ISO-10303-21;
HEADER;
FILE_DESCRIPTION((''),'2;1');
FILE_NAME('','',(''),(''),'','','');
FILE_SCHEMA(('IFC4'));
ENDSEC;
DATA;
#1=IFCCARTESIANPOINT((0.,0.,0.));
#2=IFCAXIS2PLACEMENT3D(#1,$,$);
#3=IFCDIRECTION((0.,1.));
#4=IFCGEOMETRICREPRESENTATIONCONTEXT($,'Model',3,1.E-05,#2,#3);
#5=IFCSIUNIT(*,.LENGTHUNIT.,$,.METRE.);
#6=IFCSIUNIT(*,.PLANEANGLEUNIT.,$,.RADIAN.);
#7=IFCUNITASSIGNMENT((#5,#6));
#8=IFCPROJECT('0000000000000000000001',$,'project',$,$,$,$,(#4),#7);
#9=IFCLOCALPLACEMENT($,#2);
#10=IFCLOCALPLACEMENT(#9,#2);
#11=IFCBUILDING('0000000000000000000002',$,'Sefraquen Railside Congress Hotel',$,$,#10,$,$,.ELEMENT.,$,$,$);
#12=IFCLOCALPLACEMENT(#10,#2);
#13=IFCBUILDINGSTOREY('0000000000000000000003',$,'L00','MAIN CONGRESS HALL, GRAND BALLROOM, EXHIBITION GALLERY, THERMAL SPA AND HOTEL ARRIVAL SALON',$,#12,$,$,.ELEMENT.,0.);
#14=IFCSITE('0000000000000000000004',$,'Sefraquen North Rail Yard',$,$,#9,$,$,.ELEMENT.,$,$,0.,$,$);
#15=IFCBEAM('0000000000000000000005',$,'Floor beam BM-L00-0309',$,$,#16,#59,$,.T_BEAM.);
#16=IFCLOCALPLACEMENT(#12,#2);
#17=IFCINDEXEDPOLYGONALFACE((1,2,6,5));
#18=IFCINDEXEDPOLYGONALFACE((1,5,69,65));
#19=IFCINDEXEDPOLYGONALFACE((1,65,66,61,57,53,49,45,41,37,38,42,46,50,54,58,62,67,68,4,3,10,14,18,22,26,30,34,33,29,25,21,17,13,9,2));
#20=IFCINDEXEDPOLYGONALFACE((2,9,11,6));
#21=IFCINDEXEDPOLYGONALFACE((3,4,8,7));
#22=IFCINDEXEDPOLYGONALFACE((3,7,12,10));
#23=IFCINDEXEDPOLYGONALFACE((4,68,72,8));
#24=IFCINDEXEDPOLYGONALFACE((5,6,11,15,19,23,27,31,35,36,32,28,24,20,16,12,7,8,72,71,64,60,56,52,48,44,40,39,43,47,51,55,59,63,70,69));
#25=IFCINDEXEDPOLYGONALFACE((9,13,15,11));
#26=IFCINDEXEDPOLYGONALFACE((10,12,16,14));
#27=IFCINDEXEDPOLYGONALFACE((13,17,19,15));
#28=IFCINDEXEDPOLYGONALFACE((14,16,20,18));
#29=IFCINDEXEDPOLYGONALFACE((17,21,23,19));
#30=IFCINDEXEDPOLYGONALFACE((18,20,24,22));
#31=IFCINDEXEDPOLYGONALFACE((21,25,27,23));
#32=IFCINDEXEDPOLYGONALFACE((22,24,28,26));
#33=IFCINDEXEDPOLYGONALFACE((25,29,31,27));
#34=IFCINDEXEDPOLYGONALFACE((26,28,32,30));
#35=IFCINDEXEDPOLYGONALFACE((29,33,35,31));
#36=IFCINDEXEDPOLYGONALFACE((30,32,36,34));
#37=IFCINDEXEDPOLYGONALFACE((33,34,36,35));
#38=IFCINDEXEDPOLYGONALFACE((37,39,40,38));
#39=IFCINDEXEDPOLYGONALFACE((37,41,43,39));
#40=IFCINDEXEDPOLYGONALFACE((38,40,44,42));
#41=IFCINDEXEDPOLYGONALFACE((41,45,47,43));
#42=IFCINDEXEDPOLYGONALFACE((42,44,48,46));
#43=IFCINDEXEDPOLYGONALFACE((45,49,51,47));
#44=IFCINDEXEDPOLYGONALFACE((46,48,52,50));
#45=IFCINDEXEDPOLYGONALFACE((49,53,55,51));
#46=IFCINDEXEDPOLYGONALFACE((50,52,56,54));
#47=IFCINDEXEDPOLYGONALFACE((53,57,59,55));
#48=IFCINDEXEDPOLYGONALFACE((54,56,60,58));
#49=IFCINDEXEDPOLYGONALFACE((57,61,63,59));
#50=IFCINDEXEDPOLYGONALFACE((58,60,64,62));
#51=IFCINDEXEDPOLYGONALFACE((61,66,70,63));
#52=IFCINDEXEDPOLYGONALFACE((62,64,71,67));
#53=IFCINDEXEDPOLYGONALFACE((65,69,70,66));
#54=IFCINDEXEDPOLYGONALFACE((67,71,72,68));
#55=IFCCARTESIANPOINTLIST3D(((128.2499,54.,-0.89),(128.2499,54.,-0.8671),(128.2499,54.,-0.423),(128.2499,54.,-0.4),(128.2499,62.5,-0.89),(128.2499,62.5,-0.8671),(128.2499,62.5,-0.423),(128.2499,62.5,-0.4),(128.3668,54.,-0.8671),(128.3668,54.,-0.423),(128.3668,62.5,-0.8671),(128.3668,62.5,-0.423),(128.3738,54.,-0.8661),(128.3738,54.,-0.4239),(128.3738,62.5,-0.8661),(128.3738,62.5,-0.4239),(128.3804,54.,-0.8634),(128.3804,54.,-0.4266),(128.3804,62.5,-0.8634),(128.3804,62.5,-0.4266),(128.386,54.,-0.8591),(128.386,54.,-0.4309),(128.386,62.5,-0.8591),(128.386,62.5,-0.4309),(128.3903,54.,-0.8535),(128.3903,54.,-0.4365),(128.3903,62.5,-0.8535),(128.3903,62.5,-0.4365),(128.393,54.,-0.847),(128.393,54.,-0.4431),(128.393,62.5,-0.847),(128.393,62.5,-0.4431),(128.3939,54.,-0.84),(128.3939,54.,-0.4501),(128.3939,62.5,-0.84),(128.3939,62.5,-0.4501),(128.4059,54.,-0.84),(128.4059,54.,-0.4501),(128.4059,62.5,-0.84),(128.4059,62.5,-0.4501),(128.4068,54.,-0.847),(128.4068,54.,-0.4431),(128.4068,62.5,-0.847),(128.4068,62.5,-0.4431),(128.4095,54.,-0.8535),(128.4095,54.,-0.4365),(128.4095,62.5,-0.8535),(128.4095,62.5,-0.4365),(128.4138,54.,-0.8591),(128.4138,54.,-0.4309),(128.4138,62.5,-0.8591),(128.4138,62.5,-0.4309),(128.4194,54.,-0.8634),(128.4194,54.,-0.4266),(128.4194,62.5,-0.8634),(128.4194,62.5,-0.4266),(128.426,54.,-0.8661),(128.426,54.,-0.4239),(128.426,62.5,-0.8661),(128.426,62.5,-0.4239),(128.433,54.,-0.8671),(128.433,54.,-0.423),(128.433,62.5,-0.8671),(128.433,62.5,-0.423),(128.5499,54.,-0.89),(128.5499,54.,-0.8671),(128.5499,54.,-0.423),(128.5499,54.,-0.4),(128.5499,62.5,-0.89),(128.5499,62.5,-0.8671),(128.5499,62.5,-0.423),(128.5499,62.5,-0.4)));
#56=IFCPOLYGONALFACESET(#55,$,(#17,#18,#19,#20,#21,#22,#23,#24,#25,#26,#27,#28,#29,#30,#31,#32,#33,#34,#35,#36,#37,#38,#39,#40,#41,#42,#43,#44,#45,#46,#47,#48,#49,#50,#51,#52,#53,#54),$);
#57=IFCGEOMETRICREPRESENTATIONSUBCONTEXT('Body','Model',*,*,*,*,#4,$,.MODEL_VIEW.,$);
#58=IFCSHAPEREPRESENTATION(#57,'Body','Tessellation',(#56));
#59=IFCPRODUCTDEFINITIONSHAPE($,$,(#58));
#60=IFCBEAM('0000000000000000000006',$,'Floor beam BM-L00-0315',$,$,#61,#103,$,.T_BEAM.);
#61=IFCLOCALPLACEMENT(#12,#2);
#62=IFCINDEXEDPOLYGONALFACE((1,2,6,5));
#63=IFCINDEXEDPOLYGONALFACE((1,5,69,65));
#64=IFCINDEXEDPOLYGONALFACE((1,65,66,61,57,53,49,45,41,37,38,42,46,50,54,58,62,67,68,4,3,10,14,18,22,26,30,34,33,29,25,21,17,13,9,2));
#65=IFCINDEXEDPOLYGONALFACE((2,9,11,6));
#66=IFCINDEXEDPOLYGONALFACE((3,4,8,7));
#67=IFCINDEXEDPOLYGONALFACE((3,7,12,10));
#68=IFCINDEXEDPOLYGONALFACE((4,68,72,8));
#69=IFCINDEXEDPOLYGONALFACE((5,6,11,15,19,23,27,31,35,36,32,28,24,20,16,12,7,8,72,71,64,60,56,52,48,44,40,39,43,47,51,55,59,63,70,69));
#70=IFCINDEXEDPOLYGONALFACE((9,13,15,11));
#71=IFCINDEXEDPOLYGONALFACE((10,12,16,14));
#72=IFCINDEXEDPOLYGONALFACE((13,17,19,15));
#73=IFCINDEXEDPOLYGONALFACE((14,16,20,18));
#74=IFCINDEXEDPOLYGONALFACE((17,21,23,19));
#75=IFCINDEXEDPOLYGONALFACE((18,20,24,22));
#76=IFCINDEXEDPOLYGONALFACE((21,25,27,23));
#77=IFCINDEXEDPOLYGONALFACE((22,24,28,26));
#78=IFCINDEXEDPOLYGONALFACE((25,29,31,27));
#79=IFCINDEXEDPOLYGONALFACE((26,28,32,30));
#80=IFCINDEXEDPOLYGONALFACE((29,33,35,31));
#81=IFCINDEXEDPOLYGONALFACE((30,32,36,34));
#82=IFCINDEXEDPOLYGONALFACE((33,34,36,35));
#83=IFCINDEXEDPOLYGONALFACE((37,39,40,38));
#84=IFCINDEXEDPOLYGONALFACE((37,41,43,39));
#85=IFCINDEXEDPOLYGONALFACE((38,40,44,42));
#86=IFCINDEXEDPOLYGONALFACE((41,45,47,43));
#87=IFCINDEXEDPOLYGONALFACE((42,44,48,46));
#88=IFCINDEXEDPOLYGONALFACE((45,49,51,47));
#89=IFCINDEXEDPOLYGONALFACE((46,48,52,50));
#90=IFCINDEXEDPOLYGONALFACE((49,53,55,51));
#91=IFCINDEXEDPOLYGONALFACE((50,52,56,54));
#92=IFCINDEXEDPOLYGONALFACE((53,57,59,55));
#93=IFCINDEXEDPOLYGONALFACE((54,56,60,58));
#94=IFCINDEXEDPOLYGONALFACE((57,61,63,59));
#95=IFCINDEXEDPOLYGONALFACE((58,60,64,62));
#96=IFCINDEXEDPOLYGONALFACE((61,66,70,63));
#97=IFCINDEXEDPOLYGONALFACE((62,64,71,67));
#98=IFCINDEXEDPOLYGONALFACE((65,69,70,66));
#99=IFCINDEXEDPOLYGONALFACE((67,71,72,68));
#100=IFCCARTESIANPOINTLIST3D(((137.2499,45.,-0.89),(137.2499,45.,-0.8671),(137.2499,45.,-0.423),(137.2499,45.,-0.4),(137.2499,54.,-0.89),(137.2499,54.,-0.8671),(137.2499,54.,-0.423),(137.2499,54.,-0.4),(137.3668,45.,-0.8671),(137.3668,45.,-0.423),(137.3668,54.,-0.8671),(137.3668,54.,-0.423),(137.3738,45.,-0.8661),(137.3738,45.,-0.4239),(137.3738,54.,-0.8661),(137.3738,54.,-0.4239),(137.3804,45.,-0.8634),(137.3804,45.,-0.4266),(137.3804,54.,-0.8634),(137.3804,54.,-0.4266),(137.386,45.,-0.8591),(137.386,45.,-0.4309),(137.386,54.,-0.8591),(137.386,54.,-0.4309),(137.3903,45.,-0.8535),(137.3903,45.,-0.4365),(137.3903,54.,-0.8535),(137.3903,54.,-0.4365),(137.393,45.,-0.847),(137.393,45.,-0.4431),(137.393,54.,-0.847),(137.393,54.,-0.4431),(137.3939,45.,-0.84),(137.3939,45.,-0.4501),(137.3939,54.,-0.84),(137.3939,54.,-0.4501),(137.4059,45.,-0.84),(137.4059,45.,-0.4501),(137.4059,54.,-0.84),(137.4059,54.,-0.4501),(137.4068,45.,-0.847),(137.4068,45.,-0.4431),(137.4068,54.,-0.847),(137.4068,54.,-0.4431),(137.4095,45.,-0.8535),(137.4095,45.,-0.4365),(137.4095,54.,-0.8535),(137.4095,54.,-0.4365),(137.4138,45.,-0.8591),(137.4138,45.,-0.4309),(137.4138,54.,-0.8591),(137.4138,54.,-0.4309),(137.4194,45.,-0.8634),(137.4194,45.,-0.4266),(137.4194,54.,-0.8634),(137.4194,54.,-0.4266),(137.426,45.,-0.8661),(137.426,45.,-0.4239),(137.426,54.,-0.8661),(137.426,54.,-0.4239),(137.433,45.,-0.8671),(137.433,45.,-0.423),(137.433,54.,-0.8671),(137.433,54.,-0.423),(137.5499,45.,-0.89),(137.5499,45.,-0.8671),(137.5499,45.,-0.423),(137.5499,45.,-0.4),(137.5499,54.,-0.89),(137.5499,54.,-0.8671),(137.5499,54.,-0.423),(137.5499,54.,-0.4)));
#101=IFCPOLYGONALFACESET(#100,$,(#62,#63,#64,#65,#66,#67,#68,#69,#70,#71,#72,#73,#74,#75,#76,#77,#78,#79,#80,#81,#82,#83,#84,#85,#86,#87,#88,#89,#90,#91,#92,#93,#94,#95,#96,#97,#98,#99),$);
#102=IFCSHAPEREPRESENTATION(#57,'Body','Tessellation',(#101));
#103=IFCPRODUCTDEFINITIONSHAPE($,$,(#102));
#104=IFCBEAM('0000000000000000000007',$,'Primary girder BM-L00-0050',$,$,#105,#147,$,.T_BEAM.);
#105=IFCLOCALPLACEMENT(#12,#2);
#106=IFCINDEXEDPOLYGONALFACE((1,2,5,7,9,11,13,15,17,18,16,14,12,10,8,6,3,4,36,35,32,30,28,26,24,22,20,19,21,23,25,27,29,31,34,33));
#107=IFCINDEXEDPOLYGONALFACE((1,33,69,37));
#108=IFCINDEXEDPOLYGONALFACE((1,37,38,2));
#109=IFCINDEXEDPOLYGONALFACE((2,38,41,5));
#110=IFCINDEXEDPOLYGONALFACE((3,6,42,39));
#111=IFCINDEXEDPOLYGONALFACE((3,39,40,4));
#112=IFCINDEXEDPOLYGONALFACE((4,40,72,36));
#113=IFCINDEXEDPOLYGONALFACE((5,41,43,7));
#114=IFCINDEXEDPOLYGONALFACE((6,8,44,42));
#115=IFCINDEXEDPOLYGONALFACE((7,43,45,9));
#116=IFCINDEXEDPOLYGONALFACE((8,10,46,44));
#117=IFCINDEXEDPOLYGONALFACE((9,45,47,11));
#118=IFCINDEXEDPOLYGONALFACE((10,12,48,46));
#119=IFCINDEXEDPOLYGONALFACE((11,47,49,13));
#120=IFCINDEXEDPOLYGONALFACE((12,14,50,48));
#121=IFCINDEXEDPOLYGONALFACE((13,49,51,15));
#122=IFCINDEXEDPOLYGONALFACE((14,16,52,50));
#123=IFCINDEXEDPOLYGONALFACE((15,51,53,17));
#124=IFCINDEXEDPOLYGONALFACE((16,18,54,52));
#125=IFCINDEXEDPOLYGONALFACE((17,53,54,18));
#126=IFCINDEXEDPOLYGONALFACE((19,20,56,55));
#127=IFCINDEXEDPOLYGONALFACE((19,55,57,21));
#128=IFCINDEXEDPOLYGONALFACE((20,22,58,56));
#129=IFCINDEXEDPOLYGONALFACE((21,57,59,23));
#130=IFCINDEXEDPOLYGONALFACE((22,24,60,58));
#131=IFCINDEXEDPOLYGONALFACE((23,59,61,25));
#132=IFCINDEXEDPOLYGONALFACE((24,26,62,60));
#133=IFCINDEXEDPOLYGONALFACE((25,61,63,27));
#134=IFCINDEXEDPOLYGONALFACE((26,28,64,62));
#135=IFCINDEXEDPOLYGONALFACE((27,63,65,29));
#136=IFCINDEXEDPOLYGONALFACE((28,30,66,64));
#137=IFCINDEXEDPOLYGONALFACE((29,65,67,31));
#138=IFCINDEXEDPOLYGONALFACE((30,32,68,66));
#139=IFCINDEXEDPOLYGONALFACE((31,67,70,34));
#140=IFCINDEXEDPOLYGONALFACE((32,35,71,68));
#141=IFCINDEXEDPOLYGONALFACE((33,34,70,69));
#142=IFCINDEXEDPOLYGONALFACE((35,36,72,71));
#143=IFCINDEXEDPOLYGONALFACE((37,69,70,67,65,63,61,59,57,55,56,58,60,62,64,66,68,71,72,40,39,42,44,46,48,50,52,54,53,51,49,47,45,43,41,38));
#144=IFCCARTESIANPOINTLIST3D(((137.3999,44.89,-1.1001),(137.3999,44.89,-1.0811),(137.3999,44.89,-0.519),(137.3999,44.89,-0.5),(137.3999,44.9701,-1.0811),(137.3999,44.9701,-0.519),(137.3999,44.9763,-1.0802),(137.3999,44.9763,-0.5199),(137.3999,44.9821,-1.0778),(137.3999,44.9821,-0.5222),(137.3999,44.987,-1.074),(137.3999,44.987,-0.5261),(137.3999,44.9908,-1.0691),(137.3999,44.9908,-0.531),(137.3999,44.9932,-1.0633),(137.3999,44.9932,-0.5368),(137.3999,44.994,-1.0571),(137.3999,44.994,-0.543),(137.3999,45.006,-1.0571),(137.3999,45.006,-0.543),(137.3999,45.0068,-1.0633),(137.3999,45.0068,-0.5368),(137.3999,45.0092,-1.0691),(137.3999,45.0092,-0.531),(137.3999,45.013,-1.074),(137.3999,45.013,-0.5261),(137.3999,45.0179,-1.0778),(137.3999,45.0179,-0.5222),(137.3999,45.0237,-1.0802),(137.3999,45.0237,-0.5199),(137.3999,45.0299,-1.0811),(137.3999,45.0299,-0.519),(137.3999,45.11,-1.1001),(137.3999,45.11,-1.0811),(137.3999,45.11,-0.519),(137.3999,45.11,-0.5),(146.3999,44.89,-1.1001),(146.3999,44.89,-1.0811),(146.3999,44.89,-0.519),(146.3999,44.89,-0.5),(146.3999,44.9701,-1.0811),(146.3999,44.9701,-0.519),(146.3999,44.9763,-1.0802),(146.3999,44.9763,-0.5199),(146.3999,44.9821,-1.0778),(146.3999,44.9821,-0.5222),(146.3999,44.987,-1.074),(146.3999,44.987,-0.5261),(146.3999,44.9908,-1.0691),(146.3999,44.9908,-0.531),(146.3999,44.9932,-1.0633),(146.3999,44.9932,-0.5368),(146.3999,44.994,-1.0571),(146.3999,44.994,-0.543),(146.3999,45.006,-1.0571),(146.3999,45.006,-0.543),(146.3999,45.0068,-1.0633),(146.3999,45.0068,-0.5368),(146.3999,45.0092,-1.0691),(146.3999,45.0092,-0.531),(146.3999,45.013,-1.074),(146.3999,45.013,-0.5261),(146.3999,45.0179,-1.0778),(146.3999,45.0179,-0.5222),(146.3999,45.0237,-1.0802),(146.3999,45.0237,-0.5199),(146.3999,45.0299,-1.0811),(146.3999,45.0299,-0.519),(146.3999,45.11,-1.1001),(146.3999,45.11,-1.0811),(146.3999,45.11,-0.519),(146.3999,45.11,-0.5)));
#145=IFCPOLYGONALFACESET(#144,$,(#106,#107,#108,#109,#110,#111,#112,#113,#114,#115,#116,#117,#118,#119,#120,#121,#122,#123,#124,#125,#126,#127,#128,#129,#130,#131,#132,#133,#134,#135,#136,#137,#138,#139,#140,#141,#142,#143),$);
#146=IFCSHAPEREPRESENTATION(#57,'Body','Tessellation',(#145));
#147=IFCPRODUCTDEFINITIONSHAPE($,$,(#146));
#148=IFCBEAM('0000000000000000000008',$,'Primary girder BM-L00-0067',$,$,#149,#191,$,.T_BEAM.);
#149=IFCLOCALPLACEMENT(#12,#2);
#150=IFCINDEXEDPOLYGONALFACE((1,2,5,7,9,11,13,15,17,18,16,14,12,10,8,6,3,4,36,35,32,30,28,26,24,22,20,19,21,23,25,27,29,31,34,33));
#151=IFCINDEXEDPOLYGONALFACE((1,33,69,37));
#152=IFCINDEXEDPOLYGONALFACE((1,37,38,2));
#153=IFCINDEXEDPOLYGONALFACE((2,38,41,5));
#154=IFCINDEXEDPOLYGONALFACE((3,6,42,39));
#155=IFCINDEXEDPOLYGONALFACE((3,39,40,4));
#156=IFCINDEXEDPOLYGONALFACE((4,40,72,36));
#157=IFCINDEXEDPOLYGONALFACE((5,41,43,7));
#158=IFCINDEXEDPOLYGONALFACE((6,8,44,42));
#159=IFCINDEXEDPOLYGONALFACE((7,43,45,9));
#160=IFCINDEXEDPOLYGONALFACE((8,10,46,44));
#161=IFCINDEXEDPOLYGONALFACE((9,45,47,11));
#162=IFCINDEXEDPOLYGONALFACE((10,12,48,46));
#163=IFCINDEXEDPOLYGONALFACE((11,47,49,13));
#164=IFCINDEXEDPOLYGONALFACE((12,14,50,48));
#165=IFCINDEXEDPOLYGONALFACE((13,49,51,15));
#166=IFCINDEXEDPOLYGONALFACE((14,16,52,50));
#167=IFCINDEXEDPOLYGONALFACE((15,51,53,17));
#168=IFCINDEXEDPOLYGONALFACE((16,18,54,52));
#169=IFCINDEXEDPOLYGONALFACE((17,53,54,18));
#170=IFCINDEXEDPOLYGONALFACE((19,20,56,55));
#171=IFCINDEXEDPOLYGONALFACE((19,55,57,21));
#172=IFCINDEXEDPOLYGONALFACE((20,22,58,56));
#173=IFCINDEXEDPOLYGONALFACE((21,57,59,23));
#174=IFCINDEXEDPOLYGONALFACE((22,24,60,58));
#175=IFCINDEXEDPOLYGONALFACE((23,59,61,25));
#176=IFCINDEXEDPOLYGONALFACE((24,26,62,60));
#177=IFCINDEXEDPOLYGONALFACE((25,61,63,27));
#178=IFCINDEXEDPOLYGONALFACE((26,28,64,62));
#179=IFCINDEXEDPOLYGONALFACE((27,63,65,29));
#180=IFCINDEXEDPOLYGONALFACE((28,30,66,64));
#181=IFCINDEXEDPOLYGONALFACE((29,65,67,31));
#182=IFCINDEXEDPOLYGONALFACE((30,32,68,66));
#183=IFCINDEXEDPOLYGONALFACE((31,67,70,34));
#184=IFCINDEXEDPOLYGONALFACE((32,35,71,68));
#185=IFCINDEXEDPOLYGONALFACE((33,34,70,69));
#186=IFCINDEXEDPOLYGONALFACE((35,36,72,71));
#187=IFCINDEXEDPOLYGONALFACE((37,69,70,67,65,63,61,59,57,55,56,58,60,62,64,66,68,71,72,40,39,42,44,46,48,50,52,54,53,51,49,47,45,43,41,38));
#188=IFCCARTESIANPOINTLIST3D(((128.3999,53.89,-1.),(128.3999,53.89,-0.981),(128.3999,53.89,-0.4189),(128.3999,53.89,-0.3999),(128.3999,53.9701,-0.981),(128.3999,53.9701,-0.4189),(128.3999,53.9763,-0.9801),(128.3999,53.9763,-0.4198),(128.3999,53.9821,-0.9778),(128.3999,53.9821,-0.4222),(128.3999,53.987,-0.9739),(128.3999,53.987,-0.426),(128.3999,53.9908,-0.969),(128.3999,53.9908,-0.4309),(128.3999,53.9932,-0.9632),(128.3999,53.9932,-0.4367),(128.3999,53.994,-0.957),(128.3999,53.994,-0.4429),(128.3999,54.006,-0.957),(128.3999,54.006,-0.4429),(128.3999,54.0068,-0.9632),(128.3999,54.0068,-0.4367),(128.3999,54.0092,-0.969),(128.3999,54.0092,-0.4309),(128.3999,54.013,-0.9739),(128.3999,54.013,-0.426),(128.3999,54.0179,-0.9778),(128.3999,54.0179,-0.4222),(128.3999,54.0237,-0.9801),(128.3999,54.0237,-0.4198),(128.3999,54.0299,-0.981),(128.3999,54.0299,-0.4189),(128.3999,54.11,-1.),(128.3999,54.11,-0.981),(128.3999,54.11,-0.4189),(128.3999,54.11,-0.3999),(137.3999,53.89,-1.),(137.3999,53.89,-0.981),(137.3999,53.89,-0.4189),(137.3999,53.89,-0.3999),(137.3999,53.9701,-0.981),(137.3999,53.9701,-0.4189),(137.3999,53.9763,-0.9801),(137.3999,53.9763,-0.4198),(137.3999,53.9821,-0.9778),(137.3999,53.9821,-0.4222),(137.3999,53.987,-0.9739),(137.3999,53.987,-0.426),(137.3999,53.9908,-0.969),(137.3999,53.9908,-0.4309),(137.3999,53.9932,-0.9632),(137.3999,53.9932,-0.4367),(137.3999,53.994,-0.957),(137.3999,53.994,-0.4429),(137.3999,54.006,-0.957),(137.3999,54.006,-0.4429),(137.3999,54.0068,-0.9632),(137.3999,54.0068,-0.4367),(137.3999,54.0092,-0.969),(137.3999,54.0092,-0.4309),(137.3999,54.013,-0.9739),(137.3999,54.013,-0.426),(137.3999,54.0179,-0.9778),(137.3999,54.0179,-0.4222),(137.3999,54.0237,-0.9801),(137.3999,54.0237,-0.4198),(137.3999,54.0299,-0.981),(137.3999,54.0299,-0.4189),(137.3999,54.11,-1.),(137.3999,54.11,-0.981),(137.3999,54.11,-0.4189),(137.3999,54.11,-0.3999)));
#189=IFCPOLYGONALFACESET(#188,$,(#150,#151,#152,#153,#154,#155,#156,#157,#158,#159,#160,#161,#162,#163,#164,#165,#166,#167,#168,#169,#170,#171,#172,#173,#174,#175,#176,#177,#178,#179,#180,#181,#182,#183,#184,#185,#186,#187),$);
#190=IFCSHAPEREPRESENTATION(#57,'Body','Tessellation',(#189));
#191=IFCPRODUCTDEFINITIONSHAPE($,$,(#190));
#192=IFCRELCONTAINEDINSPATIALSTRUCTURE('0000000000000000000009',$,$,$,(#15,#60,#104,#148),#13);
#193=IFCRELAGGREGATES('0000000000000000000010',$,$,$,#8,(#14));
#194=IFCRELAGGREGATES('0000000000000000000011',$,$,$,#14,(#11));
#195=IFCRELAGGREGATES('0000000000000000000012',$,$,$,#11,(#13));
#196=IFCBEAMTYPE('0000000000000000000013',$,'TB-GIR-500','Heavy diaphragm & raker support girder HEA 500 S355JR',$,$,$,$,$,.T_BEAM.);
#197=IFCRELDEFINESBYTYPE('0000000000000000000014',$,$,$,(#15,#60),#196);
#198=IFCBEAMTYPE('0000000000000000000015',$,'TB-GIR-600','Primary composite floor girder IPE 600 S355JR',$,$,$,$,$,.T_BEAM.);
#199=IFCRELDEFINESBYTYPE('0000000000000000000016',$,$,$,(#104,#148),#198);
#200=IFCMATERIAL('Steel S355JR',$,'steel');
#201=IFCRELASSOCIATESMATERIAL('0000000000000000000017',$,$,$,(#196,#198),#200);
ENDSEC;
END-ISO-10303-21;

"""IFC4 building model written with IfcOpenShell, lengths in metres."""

from ifc_helpers import new_model, si_unit, direction, frame, origin, origin_2d, place, context, subcontext, project, spatial, i_section, extrude, material, material_profile, profile_set, type_object, element, save


model = new_model("IFC4")

# Units and contexts
model_context = context("Model", 3, precision=1e-05, world=origin(), true_north=direction((0.0, 1.0)))
body_context = subcontext(model_context, "Body", "Model", "MODEL_VIEW")
ifc_project = project(units=[si_unit("LENGTHUNIT", "METRE"), si_unit("PLANEANGLEUNIT", "RADIAN")], contexts=[model_context])

# Site, building, storey
site_placement = place(None, origin())
site = spatial("IfcSite", under=ifc_project, at=site_placement, Name="Sefraquen North Rail Yard", CompositionType="ELEMENT", RefElevation=0.0)
building_placement = place(site_placement, origin())
building = spatial("IfcBuilding", under=site, at=building_placement, Name="Sefraquen Railside Congress Hotel", CompositionType="ELEMENT")
storey_placement = place(building_placement, origin())
storey = spatial("IfcBuildingStorey", under=building, at=storey_placement, Name="L00", Description="MAIN CONGRESS HALL, GRAND BALLROOM, EXHIBITION GALLERY, THERMAL SPA AND HOTEL ARRIVAL SALON", CompositionType="ELEMENT", Elevation=0.0)

# Shared definitions
ifc_material_1 = material(Name="Steel S355JR", Category="steel")

# Beams
ifc_material_profile_1 = material_profile(ifc_material_1, i_section(OverallWidth=0.3, OverallDepth=0.49, WebThickness=0.012, FlangeThickness=0.0229, FilletRadius=0.0271, at=origin_2d()), Name="HEA 500")
ifc_profile_set_1 = profile_set([ifc_material_profile_1], Name="Steel S355JR")
beam_type_1 = type_object("IfcBeamType", Name="TB-GIR-500", Description="Heavy diaphragm & raker support girder HEA 500 S355JR", PredefinedType="T_BEAM", material=ifc_profile_set_1)
beam_1_placement = place(storey_placement, frame((128.3999, 54.0, -0.645), z_axis=(0.0, 1.0, 0.0), x_axis=(-1.0, 0.0, 0.0)))
element("IfcBeam", 1, at=beam_1_placement, inside=storey, type_object=beam_type_1, Name="Floor beam BM-L00-0309", PredefinedType="T_BEAM", context=body_context, shape_type="SweptSolid", body=[
    extrude(i_section(OverallWidth=0.3, OverallDepth=0.49, WebThickness=0.012, FlangeThickness=0.0229, FilletRadius=0.0271, at=origin_2d()), origin(), (0.0, 0.0, 1.0), 8.5),
])
beam_2_placement = place(storey_placement, frame((137.3999, 45.0, -0.645), z_axis=(0.0, 1.0, 0.0), x_axis=(-1.0, 0.0, 0.0)))
element("IfcBeam", 2, at=beam_2_placement, inside=storey, type_object=beam_type_1, Name="Floor beam BM-L00-0315", PredefinedType="T_BEAM", context=body_context, shape_type="SweptSolid", body=[
    extrude(i_section(OverallWidth=0.3, OverallDepth=0.49, WebThickness=0.012, FlangeThickness=0.0229, FilletRadius=0.0271, at=origin_2d()), origin(), (0.0, 0.0, 1.0), 9.0),
])
ifc_material_profile_2 = material_profile(ifc_material_1, i_section(OverallWidth=0.22, OverallDepth=0.6001, WebThickness=0.012, FlangeThickness=0.019, FilletRadius=0.0239, at=origin_2d()), Name="IPE 600")
ifc_profile_set_2 = profile_set([ifc_material_profile_2], Name="Steel S355JR")
beam_type_2 = type_object("IfcBeamType", Name="TB-GIR-600", Description="Primary composite floor girder IPE 600 S355JR", PredefinedType="T_BEAM", material=ifc_profile_set_2)
for number, where, z_axis, x_axis, name in (
    (3, (137.3999, 45.0, -0.8), (1.0, 0.0, 0.0), (0.0, 1.0, 0.0), "Primary girder BM-L00-0050"),
    (4, (128.3999, 54.0, -0.7), (1.0, 0.0, 0.0), (0.0, 1.0, 0.0), "Primary girder BM-L00-0067"),
):
    element("IfcBeam", number, at=place(storey_placement, frame(where, z_axis=z_axis, x_axis=x_axis)), inside=storey, type_object=beam_type_2, Name=name, PredefinedType="T_BEAM", context=body_context, shape_type="SweptSolid", body=[
        extrude(i_section(OverallWidth=0.22, OverallDepth=0.6001, WebThickness=0.012, FlangeThickness=0.019, FilletRadius=0.0239, at=origin_2d()), origin(), (0.0, 0.0, 1.0), 9.0),
    ])

save(model, "model.ifc")
